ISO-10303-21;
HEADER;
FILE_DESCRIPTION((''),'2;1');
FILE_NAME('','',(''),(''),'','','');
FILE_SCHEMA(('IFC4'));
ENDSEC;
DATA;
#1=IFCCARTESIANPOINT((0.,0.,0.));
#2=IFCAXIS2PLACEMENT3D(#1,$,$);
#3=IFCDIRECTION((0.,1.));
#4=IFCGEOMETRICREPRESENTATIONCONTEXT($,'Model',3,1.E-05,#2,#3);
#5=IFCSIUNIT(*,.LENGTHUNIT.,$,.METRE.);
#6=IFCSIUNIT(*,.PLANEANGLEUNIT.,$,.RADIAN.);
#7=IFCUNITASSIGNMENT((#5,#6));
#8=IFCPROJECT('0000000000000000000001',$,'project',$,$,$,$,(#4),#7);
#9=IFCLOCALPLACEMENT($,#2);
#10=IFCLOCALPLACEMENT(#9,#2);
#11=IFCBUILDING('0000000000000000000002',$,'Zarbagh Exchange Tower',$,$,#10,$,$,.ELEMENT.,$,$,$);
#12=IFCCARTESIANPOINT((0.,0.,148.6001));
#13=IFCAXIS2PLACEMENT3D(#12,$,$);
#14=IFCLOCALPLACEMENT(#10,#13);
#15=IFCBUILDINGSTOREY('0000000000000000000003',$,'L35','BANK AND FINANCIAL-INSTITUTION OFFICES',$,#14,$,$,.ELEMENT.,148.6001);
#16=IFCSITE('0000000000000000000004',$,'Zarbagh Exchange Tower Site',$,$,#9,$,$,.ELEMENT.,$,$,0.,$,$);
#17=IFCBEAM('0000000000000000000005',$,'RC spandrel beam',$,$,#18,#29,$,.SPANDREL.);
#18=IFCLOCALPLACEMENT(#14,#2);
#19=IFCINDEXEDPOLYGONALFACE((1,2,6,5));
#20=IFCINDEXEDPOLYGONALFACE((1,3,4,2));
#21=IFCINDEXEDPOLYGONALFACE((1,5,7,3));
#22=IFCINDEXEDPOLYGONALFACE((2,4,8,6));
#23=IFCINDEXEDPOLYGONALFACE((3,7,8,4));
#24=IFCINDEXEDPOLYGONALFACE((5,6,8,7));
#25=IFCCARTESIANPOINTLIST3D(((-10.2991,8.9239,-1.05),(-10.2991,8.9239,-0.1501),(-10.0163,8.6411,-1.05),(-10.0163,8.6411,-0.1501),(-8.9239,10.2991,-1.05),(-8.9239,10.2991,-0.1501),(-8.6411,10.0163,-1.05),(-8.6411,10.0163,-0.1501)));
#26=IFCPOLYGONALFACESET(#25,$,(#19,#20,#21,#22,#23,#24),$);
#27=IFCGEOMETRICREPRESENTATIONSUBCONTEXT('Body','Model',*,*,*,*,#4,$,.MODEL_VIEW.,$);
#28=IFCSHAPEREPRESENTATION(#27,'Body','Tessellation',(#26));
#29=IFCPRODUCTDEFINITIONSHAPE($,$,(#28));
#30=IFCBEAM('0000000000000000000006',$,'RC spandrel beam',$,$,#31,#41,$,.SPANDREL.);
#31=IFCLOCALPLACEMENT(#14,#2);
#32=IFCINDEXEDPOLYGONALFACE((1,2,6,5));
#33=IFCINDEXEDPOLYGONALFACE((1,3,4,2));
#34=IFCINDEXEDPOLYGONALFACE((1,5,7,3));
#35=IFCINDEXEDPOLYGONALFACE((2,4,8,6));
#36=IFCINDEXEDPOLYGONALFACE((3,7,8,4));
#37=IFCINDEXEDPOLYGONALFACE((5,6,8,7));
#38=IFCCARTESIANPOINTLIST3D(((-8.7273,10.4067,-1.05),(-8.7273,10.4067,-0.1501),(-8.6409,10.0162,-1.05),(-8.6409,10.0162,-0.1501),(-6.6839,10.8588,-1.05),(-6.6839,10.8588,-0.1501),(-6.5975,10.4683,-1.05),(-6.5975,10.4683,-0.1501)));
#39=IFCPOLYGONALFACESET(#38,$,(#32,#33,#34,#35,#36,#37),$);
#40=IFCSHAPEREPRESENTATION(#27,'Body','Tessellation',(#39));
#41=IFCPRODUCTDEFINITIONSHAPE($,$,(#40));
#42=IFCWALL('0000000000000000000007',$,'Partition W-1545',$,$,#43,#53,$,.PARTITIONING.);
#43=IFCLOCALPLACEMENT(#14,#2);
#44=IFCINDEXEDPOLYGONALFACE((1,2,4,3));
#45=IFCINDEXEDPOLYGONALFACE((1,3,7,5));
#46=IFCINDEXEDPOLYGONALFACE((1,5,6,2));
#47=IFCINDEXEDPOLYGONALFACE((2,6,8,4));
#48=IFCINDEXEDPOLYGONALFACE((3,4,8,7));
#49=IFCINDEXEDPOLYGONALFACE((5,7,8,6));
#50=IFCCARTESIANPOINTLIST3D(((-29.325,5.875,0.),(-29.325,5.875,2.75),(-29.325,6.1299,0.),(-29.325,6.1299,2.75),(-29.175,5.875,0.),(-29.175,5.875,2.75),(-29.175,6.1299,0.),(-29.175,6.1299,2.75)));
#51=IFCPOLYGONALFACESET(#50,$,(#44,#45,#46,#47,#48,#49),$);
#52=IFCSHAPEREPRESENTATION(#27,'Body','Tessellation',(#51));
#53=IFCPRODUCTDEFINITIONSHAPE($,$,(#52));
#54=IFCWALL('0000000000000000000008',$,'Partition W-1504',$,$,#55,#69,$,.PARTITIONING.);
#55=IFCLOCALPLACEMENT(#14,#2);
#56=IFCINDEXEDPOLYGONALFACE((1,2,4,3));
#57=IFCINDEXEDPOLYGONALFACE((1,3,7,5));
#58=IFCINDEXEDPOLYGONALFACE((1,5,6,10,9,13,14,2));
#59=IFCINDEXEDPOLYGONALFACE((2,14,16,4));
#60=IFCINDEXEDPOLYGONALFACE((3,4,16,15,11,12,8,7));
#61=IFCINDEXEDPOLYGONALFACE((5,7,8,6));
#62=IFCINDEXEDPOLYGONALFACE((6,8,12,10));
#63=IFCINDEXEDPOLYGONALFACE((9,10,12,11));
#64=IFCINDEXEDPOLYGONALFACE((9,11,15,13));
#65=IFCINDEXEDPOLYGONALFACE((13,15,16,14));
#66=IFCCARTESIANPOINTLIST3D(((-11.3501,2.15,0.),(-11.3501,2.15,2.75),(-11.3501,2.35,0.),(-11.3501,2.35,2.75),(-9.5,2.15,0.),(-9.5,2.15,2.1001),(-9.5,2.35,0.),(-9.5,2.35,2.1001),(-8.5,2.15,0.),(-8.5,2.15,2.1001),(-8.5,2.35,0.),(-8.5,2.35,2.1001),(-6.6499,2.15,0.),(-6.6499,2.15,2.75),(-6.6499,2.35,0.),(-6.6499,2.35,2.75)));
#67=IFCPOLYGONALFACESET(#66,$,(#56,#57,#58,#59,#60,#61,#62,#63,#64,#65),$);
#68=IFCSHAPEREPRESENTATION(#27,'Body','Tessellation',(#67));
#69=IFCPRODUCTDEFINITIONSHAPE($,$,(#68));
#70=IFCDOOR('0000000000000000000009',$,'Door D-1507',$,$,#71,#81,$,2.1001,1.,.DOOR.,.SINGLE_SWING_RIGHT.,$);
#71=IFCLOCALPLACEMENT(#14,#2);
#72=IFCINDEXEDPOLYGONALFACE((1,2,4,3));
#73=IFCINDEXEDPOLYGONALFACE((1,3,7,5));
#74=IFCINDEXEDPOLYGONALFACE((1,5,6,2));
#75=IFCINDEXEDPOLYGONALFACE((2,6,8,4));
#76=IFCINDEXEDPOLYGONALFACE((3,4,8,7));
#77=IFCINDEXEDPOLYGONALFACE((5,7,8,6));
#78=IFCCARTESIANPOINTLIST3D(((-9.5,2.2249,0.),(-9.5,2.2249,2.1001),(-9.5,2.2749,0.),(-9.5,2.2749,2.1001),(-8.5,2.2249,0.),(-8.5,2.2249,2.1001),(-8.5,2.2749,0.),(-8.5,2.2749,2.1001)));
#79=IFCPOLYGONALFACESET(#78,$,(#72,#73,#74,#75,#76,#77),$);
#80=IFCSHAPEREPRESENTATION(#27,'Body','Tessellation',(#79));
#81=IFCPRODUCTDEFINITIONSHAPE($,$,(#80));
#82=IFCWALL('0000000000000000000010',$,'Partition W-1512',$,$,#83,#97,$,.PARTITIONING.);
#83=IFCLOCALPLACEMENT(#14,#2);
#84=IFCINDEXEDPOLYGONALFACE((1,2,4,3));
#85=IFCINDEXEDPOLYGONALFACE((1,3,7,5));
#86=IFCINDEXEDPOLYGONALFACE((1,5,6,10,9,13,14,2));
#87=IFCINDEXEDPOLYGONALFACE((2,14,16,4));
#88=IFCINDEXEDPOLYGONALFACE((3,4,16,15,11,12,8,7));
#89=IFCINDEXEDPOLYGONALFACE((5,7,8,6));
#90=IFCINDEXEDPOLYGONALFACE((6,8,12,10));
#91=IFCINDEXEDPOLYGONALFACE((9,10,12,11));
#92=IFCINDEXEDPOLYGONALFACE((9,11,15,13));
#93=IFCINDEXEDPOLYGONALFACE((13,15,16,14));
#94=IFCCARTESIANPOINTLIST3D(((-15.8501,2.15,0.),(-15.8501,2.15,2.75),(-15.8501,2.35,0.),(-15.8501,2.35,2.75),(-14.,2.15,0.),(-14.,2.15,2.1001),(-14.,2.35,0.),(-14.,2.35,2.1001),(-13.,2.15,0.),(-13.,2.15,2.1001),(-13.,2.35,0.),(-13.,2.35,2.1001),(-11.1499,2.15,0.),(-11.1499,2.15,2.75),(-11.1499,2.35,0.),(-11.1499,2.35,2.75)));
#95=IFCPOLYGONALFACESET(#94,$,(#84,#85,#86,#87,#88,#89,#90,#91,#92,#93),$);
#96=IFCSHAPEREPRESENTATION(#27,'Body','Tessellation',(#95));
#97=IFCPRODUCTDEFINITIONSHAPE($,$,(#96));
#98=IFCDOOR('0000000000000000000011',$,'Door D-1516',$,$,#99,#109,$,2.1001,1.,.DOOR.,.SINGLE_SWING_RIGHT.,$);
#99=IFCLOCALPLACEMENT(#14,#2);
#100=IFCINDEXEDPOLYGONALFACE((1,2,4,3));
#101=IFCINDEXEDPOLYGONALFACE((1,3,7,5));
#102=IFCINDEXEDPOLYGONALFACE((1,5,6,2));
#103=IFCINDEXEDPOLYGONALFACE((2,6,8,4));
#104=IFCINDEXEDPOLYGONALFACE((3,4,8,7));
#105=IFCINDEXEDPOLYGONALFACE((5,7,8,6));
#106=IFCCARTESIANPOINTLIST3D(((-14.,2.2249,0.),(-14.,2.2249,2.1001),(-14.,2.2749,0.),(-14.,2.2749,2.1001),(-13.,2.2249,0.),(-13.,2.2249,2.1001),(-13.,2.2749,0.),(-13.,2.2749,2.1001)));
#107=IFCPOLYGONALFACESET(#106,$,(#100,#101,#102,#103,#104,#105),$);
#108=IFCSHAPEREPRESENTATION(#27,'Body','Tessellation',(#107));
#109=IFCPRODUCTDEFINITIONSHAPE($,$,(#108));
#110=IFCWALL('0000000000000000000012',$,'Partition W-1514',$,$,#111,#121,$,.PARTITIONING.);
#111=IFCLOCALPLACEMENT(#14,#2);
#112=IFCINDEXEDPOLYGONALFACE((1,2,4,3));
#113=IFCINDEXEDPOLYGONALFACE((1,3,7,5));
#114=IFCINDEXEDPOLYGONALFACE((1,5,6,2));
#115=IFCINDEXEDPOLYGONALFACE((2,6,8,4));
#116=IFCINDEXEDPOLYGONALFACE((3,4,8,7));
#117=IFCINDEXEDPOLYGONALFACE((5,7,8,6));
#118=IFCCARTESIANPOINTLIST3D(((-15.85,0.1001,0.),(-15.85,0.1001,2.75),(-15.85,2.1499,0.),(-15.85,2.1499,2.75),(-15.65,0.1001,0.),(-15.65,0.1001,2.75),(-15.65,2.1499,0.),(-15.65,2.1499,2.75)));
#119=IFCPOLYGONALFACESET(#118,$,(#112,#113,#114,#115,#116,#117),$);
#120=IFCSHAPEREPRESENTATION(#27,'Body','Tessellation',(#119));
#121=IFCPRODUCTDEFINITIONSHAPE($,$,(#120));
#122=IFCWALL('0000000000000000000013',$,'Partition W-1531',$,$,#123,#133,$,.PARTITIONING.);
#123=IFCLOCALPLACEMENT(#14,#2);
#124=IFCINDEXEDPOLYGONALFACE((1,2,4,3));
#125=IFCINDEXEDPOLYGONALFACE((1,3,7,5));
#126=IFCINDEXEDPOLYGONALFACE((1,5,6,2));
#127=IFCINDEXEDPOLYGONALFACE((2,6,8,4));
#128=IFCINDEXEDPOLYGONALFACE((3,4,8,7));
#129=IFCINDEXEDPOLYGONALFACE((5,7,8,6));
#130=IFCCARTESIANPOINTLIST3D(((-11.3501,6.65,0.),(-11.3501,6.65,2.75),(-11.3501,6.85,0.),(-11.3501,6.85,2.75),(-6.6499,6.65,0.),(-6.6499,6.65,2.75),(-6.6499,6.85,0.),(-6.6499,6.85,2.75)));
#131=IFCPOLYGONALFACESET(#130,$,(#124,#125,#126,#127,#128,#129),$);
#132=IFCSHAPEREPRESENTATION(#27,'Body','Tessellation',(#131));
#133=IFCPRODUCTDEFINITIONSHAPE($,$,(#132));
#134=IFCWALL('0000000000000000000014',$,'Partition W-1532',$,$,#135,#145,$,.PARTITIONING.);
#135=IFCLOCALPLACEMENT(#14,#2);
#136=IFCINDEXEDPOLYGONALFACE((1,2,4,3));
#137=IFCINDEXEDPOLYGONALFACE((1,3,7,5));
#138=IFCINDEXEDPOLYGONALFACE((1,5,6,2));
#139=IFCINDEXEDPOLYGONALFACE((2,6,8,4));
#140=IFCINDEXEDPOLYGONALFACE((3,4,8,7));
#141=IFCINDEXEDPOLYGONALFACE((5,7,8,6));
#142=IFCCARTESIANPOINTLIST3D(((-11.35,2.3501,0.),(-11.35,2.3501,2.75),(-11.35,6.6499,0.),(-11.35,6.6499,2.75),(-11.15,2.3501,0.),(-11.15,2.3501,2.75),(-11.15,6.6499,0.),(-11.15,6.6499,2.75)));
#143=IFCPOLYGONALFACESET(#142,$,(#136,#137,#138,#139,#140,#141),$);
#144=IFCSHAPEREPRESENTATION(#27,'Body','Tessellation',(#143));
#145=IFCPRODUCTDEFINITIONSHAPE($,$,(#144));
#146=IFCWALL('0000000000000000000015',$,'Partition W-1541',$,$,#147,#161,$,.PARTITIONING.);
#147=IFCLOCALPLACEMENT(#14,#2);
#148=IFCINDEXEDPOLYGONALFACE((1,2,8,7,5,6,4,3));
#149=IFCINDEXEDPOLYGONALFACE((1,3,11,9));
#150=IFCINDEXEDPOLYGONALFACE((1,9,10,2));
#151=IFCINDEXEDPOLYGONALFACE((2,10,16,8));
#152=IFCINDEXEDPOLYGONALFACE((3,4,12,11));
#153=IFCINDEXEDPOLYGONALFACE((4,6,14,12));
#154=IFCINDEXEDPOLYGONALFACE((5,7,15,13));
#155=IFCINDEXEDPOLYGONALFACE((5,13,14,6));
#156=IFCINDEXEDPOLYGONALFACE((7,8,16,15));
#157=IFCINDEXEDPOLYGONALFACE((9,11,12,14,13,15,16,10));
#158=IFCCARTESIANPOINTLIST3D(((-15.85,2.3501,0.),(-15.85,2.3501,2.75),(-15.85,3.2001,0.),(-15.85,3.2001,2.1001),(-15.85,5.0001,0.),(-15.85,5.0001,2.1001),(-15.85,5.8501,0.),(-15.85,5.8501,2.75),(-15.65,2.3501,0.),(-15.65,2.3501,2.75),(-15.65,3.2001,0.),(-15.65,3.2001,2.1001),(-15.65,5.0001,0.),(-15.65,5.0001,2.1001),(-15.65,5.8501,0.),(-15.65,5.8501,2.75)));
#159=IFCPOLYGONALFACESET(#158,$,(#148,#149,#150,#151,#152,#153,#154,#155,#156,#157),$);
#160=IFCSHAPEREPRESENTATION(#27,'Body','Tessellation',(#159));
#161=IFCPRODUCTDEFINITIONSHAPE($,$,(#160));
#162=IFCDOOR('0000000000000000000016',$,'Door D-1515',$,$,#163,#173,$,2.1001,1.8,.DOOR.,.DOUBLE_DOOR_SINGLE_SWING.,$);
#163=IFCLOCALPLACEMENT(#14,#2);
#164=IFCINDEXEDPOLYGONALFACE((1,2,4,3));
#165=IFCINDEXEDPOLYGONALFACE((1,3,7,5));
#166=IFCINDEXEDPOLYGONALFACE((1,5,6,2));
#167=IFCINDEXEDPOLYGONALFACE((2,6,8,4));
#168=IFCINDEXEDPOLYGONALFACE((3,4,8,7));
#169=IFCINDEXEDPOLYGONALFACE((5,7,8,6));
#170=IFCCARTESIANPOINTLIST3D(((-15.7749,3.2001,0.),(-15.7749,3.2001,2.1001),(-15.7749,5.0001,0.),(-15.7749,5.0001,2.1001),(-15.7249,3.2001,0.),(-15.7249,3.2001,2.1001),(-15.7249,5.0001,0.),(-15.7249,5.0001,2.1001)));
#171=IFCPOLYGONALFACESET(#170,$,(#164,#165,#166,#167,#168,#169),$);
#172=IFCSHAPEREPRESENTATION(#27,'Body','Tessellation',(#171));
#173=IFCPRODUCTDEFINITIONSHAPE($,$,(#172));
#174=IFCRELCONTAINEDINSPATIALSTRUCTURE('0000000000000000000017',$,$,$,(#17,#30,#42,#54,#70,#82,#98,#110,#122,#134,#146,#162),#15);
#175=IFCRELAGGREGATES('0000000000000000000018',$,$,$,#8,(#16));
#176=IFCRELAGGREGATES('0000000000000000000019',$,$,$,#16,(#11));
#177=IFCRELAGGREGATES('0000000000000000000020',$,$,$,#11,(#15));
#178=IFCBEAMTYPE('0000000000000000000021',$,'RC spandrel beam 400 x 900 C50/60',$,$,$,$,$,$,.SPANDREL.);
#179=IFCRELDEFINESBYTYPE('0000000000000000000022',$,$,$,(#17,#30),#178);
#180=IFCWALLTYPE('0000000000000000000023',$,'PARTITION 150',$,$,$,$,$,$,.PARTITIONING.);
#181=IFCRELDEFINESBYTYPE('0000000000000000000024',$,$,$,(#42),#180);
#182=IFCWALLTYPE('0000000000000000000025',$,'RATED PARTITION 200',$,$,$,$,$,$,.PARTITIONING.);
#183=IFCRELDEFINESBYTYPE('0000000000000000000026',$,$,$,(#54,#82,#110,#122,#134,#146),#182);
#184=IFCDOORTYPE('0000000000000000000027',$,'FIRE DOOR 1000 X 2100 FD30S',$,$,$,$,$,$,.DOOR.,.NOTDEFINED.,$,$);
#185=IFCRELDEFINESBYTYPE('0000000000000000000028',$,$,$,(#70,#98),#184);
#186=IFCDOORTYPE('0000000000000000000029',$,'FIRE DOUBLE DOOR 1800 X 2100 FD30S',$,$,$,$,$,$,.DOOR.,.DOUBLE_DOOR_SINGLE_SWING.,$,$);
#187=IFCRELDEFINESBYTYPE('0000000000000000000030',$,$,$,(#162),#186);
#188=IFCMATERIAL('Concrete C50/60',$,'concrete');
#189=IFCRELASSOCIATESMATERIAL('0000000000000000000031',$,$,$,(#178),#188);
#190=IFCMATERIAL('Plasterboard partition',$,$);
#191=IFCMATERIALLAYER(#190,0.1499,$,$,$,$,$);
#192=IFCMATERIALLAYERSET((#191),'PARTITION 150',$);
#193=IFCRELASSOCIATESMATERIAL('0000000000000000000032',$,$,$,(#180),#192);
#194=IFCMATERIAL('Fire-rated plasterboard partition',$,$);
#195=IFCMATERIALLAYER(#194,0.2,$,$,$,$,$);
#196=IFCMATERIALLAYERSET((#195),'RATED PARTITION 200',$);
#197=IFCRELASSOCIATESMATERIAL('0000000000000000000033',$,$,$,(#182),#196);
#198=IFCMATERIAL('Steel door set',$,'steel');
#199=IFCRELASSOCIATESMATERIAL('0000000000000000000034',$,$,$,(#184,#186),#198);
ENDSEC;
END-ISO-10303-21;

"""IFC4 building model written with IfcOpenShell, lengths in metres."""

from ifc_helpers import new_model, si_unit, direction, frame, frame_2d, origin, origin_2d, place, context, subcontext, project, spatial, rectangle, extrude, material, layer, layer_set, material_profile, profile_set, type_object, element, fill, save


model = new_model("IFC4")

# Units and contexts
model_context = context("Model", 3, precision=1e-05, world=origin(), true_north=direction((0.0, 1.0)))
body_context = subcontext(model_context, "Body", "Model", "MODEL_VIEW")
ifc_project = project(units=[si_unit("LENGTHUNIT", "METRE"), si_unit("PLANEANGLEUNIT", "RADIAN")], contexts=[model_context])

# Site, building, storey
site_placement = place(None, origin())
site = spatial("IfcSite", under=ifc_project, at=site_placement, Name="Zarbagh Exchange Tower Site", CompositionType="ELEMENT", RefElevation=0.0)
building_placement = place(site_placement, origin())
building = spatial("IfcBuilding", under=site, at=building_placement, Name="Zarbagh Exchange Tower", CompositionType="ELEMENT")
storey_placement = place(building_placement, frame((0.0, 0.0, 148.6001)))
storey = spatial("IfcBuildingStorey", under=building, at=storey_placement, Name="L35", Description="BANK AND FINANCIAL-INSTITUTION OFFICES", CompositionType="ELEMENT", Elevation=148.6001)

# Shared definitions
ifc_material_1 = material(Name="Concrete C50/60", Category="concrete")

# Beams
ifc_material_profile_1 = material_profile(ifc_material_1, rectangle(XDim=0.3999, YDim=0.8999, at=origin_2d()), Name="RC spandrel beam 400 x 900 C50/60")
ifc_profile_set_1 = profile_set([ifc_material_profile_1], Name="Concrete C50/60")
beam_type_1 = type_object("IfcBeamType", Name="RC spandrel beam 400 x 900 C50/60", PredefinedType="SPANDREL", material=ifc_profile_set_1)
beam_1_placement = place(storey_placement, frame((-10.1577, 8.7825, -0.6001), z_axis=(0.707107, 0.707107, 0.0), x_axis=(-0.707107, 0.707107, 0.0)))
element("IfcBeam", 1, at=beam_1_placement, inside=storey, type_object=beam_type_1, Name="RC spandrel beam", PredefinedType="SPANDREL", context=body_context, shape_type="SweptSolid", body=[
    extrude(rectangle(XDim=0.3999, YDim=0.8999, at=origin_2d()), origin(), (0.0, 0.0, 1.0), 1.9448),
])
beam_2_placement = place(storey_placement, frame((-8.6841, 10.2114, -0.6001), z_axis=(0.976384, 0.216041, 0.0), x_axis=(-0.216041, 0.976384, 0.0)))
element("IfcBeam", 2, at=beam_2_placement, inside=storey, type_object=beam_type_1, Name="RC spandrel beam", PredefinedType="SPANDREL", context=body_context, shape_type="SweptSolid", body=[
    extrude(rectangle(XDim=0.3999, YDim=0.8999, at=origin_2d()), origin(), (0.0, 0.0, 1.0), 2.0928),
])

# Wall
ifc_material_2 = material(Name="Plasterboard partition")
ifc_layer_1 = layer(ifc_material_2, 0.1499)
ifc_layer_set_1 = layer_set([ifc_layer_1], Name="PARTITION 150")
wall_type_1 = type_object("IfcWallType", Name="PARTITION 150", PredefinedType="PARTITIONING", material=ifc_layer_set_1)
wall_1_placement = place(storey_placement, frame((-29.25, 5.875, 0.0), z_axis=(0.0, 0.0, 1.0), x_axis=(0.0, 1.0, 0.0)))
element("IfcWall", 3, at=wall_1_placement, inside=storey, type_object=wall_type_1, Name="Partition W-1545", PredefinedType="PARTITIONING", context=body_context, shape_type="SweptSolid", body=[
    extrude(rectangle(XDim=0.2549, YDim=0.1499, at=frame_2d((0.1274, 0.0))), origin(), (0.0, 0.0, 1.0), 2.75),
])

# Walls, openings, doors
ifc_material_3 = material(Name="Fire-rated plasterboard partition")
ifc_layer_2 = layer(ifc_material_3, 0.2)
ifc_layer_set_2 = layer_set([ifc_layer_2], Name="RATED PARTITION 200")
wall_type_2 = type_object("IfcWallType", Name="RATED PARTITION 200", PredefinedType="PARTITIONING", material=ifc_layer_set_2)
wall_2_placement = place(storey_placement, frame((-11.3501, 2.25, 0.0), z_axis=(0.0, 0.0, 1.0), x_axis=(1.0, 0.0, 0.0)))
wall_2 = element("IfcWall", 4, at=wall_2_placement, inside=storey, type_object=wall_type_2, Name="Partition W-1504", PredefinedType="PARTITIONING", context=body_context, shape_type="SweptSolid", body=[
    extrude(rectangle(XDim=4.7002, YDim=0.2, at=frame_2d((2.3501, 0.0))), origin(), (0.0, 0.0, 1.0), 2.75),
])
opening_1_placement = place(wall_2_placement, frame((1.8501, 0.0, 0.0)))
opening_1 = element("IfcOpeningElement", 5, at=opening_1_placement, cuts=wall_2, PredefinedType="OPENING", context=body_context, shape_type="SweptSolid", body=[
    extrude(rectangle(XDim=1.0, YDim=2.1001, at=frame_2d((0.5, 1.05))), frame((0.0, 0.1099, 0.0), z_axis=(0.0, -1.0, 0.0), x_axis=(1.0, 0.0, 0.0)), (0.0, 0.0, 1.0), 0.22),
])
ifc_material_4 = material(Name="Steel door set", Category="steel")
door_type_1 = type_object("IfcDoorType", Name="FIRE DOOR 1000 X 2100 FD30S", OperationType="NOTDEFINED", PredefinedType="DOOR", material=ifc_material_4)
door_1_placement = place(opening_1_placement, origin())
door_1 = element("IfcDoor", 6, at=door_1_placement, inside=storey, type_object=door_type_1, Name="Door D-1507", OperationType="SINGLE_SWING_RIGHT", OverallHeight=2.1001, OverallWidth=1.0, PredefinedType="DOOR", context=body_context, shape_type="SweptSolid", body=[
    extrude(rectangle(XDim=1.0, YDim=2.1001, at=frame_2d((0.5, 1.05))), frame((0.0, 0.0249, 0.0), z_axis=(0.0, -1.0, 0.0), x_axis=(1.0, 0.0, 0.0)), (0.0, 0.0, 1.0), 0.05),
])
fill(opening_1, door_1)
wall_3_placement = place(storey_placement, frame((-15.8501, 2.25, 0.0), z_axis=(0.0, 0.0, 1.0), x_axis=(1.0, 0.0, 0.0)))
wall_3 = element("IfcWall", 7, at=wall_3_placement, inside=storey, type_object=wall_type_2, Name="Partition W-1512", PredefinedType="PARTITIONING", context=body_context, shape_type="SweptSolid", body=[
    extrude(rectangle(XDim=4.7002, YDim=0.2, at=frame_2d((2.3501, 0.0))), origin(), (0.0, 0.0, 1.0), 2.75),
])
opening_2_placement = place(wall_3_placement, frame((1.8501, 0.0, 0.0)))
opening_2 = element("IfcOpeningElement", 8, at=opening_2_placement, cuts=wall_3, PredefinedType="OPENING", context=body_context, shape_type="SweptSolid", body=[
    extrude(rectangle(XDim=1.0, YDim=2.1001, at=frame_2d((0.5, 1.05))), frame((0.0, 0.1099, 0.0), z_axis=(0.0, -1.0, 0.0), x_axis=(1.0, 0.0, 0.0)), (0.0, 0.0, 1.0), 0.22),
])
door_2_placement = place(opening_2_placement, origin())
door_2 = element("IfcDoor", 9, at=door_2_placement, inside=storey, type_object=door_type_1, Name="Door D-1516", OperationType="SINGLE_SWING_RIGHT", OverallHeight=2.1001, OverallWidth=1.0, PredefinedType="DOOR", context=body_context, shape_type="SweptSolid", body=[
    extrude(rectangle(XDim=1.0, YDim=2.1001, at=frame_2d((0.5, 1.05))), frame((0.0, 0.0249, 0.0), z_axis=(0.0, -1.0, 0.0), x_axis=(1.0, 0.0, 0.0)), (0.0, 0.0, 1.0), 0.05),
])
fill(opening_2, door_2)

# Walls
wall_4_placement = place(storey_placement, frame((-15.75, 0.1001, 0.0), z_axis=(0.0, 0.0, 1.0), x_axis=(0.0, 1.0, 0.0)))
element("IfcWall", 10, at=wall_4_placement, inside=storey, type_object=wall_type_2, Name="Partition W-1514", PredefinedType="PARTITIONING", context=body_context, shape_type="SweptSolid", body=[
    extrude(rectangle(XDim=2.0498, YDim=0.2, at=frame_2d((1.0249, 0.0))), origin(), (0.0, 0.0, 1.0), 2.75),
])
wall_5_placement = place(storey_placement, frame((-11.3501, 6.75, 0.0), z_axis=(0.0, 0.0, 1.0), x_axis=(1.0, 0.0, 0.0)))
element("IfcWall", 11, at=wall_5_placement, inside=storey, type_object=wall_type_2, Name="Partition W-1531", PredefinedType="PARTITIONING", context=body_context, shape_type="SweptSolid", body=[
    extrude(rectangle(XDim=4.7002, YDim=0.2, at=frame_2d((2.3501, 0.0))), origin(), (0.0, 0.0, 1.0), 2.75),
])
wall_6_placement = place(storey_placement, frame((-11.25, 2.3501, 0.0), z_axis=(0.0, 0.0, 1.0), x_axis=(0.0, 1.0, 0.0)))
element("IfcWall", 12, at=wall_6_placement, inside=storey, type_object=wall_type_2, Name="Partition W-1532", PredefinedType="PARTITIONING", context=body_context, shape_type="SweptSolid", body=[
    extrude(rectangle(XDim=4.2998, YDim=0.2, at=frame_2d((2.1499, 0.0))), origin(), (0.0, 0.0, 1.0), 2.75),
])

# Wall, opening, door
wall_7_placement = place(storey_placement, frame((-15.75, 2.3501, 0.0), z_axis=(0.0, 0.0, 1.0), x_axis=(0.0, 1.0, 0.0)))
wall_7 = element("IfcWall", 13, at=wall_7_placement, inside=storey, type_object=wall_type_2, Name="Partition W-1541", PredefinedType="PARTITIONING", context=body_context, shape_type="SweptSolid", body=[
    extrude(rectangle(XDim=3.5, YDim=0.2, at=frame_2d((1.75, 0.0))), origin(), (0.0, 0.0, 1.0), 2.75),
])
opening_3_placement = place(wall_7_placement, frame((0.8501, 0.0, 0.0)))
opening_3 = element("IfcOpeningElement", 14, at=opening_3_placement, cuts=wall_7, PredefinedType="OPENING", context=body_context, shape_type="SweptSolid", body=[
    extrude(rectangle(XDim=1.8, YDim=2.1001, at=frame_2d((0.8999, 1.05))), frame((0.0, 0.1099, 0.0), z_axis=(0.0, -1.0, 0.0), x_axis=(1.0, 0.0, 0.0)), (0.0, 0.0, 1.0), 0.22),
])
door_type_2 = type_object("IfcDoorType", Name="FIRE DOUBLE DOOR 1800 X 2100 FD30S", OperationType="DOUBLE_DOOR_SINGLE_SWING", PredefinedType="DOOR", material=ifc_material_4)
door_3_placement = place(opening_3_placement, origin())
door_3 = element("IfcDoor", 15, at=door_3_placement, inside=storey, type_object=door_type_2, Name="Door D-1515", OperationType="DOUBLE_DOOR_SINGLE_SWING", OverallHeight=2.1001, OverallWidth=1.8, PredefinedType="DOOR", context=body_context, shape_type="SweptSolid", body=[
    extrude(rectangle(XDim=1.8, YDim=2.1001, at=frame_2d((0.8999, 1.05))), frame((0.0, 0.0249, 0.0), z_axis=(0.0, -1.0, 0.0), x_axis=(1.0, 0.0, 0.0)), (0.0, 0.0, 1.0), 0.05),
])
fill(opening_3, door_3)

save(model, "model.ifc")
